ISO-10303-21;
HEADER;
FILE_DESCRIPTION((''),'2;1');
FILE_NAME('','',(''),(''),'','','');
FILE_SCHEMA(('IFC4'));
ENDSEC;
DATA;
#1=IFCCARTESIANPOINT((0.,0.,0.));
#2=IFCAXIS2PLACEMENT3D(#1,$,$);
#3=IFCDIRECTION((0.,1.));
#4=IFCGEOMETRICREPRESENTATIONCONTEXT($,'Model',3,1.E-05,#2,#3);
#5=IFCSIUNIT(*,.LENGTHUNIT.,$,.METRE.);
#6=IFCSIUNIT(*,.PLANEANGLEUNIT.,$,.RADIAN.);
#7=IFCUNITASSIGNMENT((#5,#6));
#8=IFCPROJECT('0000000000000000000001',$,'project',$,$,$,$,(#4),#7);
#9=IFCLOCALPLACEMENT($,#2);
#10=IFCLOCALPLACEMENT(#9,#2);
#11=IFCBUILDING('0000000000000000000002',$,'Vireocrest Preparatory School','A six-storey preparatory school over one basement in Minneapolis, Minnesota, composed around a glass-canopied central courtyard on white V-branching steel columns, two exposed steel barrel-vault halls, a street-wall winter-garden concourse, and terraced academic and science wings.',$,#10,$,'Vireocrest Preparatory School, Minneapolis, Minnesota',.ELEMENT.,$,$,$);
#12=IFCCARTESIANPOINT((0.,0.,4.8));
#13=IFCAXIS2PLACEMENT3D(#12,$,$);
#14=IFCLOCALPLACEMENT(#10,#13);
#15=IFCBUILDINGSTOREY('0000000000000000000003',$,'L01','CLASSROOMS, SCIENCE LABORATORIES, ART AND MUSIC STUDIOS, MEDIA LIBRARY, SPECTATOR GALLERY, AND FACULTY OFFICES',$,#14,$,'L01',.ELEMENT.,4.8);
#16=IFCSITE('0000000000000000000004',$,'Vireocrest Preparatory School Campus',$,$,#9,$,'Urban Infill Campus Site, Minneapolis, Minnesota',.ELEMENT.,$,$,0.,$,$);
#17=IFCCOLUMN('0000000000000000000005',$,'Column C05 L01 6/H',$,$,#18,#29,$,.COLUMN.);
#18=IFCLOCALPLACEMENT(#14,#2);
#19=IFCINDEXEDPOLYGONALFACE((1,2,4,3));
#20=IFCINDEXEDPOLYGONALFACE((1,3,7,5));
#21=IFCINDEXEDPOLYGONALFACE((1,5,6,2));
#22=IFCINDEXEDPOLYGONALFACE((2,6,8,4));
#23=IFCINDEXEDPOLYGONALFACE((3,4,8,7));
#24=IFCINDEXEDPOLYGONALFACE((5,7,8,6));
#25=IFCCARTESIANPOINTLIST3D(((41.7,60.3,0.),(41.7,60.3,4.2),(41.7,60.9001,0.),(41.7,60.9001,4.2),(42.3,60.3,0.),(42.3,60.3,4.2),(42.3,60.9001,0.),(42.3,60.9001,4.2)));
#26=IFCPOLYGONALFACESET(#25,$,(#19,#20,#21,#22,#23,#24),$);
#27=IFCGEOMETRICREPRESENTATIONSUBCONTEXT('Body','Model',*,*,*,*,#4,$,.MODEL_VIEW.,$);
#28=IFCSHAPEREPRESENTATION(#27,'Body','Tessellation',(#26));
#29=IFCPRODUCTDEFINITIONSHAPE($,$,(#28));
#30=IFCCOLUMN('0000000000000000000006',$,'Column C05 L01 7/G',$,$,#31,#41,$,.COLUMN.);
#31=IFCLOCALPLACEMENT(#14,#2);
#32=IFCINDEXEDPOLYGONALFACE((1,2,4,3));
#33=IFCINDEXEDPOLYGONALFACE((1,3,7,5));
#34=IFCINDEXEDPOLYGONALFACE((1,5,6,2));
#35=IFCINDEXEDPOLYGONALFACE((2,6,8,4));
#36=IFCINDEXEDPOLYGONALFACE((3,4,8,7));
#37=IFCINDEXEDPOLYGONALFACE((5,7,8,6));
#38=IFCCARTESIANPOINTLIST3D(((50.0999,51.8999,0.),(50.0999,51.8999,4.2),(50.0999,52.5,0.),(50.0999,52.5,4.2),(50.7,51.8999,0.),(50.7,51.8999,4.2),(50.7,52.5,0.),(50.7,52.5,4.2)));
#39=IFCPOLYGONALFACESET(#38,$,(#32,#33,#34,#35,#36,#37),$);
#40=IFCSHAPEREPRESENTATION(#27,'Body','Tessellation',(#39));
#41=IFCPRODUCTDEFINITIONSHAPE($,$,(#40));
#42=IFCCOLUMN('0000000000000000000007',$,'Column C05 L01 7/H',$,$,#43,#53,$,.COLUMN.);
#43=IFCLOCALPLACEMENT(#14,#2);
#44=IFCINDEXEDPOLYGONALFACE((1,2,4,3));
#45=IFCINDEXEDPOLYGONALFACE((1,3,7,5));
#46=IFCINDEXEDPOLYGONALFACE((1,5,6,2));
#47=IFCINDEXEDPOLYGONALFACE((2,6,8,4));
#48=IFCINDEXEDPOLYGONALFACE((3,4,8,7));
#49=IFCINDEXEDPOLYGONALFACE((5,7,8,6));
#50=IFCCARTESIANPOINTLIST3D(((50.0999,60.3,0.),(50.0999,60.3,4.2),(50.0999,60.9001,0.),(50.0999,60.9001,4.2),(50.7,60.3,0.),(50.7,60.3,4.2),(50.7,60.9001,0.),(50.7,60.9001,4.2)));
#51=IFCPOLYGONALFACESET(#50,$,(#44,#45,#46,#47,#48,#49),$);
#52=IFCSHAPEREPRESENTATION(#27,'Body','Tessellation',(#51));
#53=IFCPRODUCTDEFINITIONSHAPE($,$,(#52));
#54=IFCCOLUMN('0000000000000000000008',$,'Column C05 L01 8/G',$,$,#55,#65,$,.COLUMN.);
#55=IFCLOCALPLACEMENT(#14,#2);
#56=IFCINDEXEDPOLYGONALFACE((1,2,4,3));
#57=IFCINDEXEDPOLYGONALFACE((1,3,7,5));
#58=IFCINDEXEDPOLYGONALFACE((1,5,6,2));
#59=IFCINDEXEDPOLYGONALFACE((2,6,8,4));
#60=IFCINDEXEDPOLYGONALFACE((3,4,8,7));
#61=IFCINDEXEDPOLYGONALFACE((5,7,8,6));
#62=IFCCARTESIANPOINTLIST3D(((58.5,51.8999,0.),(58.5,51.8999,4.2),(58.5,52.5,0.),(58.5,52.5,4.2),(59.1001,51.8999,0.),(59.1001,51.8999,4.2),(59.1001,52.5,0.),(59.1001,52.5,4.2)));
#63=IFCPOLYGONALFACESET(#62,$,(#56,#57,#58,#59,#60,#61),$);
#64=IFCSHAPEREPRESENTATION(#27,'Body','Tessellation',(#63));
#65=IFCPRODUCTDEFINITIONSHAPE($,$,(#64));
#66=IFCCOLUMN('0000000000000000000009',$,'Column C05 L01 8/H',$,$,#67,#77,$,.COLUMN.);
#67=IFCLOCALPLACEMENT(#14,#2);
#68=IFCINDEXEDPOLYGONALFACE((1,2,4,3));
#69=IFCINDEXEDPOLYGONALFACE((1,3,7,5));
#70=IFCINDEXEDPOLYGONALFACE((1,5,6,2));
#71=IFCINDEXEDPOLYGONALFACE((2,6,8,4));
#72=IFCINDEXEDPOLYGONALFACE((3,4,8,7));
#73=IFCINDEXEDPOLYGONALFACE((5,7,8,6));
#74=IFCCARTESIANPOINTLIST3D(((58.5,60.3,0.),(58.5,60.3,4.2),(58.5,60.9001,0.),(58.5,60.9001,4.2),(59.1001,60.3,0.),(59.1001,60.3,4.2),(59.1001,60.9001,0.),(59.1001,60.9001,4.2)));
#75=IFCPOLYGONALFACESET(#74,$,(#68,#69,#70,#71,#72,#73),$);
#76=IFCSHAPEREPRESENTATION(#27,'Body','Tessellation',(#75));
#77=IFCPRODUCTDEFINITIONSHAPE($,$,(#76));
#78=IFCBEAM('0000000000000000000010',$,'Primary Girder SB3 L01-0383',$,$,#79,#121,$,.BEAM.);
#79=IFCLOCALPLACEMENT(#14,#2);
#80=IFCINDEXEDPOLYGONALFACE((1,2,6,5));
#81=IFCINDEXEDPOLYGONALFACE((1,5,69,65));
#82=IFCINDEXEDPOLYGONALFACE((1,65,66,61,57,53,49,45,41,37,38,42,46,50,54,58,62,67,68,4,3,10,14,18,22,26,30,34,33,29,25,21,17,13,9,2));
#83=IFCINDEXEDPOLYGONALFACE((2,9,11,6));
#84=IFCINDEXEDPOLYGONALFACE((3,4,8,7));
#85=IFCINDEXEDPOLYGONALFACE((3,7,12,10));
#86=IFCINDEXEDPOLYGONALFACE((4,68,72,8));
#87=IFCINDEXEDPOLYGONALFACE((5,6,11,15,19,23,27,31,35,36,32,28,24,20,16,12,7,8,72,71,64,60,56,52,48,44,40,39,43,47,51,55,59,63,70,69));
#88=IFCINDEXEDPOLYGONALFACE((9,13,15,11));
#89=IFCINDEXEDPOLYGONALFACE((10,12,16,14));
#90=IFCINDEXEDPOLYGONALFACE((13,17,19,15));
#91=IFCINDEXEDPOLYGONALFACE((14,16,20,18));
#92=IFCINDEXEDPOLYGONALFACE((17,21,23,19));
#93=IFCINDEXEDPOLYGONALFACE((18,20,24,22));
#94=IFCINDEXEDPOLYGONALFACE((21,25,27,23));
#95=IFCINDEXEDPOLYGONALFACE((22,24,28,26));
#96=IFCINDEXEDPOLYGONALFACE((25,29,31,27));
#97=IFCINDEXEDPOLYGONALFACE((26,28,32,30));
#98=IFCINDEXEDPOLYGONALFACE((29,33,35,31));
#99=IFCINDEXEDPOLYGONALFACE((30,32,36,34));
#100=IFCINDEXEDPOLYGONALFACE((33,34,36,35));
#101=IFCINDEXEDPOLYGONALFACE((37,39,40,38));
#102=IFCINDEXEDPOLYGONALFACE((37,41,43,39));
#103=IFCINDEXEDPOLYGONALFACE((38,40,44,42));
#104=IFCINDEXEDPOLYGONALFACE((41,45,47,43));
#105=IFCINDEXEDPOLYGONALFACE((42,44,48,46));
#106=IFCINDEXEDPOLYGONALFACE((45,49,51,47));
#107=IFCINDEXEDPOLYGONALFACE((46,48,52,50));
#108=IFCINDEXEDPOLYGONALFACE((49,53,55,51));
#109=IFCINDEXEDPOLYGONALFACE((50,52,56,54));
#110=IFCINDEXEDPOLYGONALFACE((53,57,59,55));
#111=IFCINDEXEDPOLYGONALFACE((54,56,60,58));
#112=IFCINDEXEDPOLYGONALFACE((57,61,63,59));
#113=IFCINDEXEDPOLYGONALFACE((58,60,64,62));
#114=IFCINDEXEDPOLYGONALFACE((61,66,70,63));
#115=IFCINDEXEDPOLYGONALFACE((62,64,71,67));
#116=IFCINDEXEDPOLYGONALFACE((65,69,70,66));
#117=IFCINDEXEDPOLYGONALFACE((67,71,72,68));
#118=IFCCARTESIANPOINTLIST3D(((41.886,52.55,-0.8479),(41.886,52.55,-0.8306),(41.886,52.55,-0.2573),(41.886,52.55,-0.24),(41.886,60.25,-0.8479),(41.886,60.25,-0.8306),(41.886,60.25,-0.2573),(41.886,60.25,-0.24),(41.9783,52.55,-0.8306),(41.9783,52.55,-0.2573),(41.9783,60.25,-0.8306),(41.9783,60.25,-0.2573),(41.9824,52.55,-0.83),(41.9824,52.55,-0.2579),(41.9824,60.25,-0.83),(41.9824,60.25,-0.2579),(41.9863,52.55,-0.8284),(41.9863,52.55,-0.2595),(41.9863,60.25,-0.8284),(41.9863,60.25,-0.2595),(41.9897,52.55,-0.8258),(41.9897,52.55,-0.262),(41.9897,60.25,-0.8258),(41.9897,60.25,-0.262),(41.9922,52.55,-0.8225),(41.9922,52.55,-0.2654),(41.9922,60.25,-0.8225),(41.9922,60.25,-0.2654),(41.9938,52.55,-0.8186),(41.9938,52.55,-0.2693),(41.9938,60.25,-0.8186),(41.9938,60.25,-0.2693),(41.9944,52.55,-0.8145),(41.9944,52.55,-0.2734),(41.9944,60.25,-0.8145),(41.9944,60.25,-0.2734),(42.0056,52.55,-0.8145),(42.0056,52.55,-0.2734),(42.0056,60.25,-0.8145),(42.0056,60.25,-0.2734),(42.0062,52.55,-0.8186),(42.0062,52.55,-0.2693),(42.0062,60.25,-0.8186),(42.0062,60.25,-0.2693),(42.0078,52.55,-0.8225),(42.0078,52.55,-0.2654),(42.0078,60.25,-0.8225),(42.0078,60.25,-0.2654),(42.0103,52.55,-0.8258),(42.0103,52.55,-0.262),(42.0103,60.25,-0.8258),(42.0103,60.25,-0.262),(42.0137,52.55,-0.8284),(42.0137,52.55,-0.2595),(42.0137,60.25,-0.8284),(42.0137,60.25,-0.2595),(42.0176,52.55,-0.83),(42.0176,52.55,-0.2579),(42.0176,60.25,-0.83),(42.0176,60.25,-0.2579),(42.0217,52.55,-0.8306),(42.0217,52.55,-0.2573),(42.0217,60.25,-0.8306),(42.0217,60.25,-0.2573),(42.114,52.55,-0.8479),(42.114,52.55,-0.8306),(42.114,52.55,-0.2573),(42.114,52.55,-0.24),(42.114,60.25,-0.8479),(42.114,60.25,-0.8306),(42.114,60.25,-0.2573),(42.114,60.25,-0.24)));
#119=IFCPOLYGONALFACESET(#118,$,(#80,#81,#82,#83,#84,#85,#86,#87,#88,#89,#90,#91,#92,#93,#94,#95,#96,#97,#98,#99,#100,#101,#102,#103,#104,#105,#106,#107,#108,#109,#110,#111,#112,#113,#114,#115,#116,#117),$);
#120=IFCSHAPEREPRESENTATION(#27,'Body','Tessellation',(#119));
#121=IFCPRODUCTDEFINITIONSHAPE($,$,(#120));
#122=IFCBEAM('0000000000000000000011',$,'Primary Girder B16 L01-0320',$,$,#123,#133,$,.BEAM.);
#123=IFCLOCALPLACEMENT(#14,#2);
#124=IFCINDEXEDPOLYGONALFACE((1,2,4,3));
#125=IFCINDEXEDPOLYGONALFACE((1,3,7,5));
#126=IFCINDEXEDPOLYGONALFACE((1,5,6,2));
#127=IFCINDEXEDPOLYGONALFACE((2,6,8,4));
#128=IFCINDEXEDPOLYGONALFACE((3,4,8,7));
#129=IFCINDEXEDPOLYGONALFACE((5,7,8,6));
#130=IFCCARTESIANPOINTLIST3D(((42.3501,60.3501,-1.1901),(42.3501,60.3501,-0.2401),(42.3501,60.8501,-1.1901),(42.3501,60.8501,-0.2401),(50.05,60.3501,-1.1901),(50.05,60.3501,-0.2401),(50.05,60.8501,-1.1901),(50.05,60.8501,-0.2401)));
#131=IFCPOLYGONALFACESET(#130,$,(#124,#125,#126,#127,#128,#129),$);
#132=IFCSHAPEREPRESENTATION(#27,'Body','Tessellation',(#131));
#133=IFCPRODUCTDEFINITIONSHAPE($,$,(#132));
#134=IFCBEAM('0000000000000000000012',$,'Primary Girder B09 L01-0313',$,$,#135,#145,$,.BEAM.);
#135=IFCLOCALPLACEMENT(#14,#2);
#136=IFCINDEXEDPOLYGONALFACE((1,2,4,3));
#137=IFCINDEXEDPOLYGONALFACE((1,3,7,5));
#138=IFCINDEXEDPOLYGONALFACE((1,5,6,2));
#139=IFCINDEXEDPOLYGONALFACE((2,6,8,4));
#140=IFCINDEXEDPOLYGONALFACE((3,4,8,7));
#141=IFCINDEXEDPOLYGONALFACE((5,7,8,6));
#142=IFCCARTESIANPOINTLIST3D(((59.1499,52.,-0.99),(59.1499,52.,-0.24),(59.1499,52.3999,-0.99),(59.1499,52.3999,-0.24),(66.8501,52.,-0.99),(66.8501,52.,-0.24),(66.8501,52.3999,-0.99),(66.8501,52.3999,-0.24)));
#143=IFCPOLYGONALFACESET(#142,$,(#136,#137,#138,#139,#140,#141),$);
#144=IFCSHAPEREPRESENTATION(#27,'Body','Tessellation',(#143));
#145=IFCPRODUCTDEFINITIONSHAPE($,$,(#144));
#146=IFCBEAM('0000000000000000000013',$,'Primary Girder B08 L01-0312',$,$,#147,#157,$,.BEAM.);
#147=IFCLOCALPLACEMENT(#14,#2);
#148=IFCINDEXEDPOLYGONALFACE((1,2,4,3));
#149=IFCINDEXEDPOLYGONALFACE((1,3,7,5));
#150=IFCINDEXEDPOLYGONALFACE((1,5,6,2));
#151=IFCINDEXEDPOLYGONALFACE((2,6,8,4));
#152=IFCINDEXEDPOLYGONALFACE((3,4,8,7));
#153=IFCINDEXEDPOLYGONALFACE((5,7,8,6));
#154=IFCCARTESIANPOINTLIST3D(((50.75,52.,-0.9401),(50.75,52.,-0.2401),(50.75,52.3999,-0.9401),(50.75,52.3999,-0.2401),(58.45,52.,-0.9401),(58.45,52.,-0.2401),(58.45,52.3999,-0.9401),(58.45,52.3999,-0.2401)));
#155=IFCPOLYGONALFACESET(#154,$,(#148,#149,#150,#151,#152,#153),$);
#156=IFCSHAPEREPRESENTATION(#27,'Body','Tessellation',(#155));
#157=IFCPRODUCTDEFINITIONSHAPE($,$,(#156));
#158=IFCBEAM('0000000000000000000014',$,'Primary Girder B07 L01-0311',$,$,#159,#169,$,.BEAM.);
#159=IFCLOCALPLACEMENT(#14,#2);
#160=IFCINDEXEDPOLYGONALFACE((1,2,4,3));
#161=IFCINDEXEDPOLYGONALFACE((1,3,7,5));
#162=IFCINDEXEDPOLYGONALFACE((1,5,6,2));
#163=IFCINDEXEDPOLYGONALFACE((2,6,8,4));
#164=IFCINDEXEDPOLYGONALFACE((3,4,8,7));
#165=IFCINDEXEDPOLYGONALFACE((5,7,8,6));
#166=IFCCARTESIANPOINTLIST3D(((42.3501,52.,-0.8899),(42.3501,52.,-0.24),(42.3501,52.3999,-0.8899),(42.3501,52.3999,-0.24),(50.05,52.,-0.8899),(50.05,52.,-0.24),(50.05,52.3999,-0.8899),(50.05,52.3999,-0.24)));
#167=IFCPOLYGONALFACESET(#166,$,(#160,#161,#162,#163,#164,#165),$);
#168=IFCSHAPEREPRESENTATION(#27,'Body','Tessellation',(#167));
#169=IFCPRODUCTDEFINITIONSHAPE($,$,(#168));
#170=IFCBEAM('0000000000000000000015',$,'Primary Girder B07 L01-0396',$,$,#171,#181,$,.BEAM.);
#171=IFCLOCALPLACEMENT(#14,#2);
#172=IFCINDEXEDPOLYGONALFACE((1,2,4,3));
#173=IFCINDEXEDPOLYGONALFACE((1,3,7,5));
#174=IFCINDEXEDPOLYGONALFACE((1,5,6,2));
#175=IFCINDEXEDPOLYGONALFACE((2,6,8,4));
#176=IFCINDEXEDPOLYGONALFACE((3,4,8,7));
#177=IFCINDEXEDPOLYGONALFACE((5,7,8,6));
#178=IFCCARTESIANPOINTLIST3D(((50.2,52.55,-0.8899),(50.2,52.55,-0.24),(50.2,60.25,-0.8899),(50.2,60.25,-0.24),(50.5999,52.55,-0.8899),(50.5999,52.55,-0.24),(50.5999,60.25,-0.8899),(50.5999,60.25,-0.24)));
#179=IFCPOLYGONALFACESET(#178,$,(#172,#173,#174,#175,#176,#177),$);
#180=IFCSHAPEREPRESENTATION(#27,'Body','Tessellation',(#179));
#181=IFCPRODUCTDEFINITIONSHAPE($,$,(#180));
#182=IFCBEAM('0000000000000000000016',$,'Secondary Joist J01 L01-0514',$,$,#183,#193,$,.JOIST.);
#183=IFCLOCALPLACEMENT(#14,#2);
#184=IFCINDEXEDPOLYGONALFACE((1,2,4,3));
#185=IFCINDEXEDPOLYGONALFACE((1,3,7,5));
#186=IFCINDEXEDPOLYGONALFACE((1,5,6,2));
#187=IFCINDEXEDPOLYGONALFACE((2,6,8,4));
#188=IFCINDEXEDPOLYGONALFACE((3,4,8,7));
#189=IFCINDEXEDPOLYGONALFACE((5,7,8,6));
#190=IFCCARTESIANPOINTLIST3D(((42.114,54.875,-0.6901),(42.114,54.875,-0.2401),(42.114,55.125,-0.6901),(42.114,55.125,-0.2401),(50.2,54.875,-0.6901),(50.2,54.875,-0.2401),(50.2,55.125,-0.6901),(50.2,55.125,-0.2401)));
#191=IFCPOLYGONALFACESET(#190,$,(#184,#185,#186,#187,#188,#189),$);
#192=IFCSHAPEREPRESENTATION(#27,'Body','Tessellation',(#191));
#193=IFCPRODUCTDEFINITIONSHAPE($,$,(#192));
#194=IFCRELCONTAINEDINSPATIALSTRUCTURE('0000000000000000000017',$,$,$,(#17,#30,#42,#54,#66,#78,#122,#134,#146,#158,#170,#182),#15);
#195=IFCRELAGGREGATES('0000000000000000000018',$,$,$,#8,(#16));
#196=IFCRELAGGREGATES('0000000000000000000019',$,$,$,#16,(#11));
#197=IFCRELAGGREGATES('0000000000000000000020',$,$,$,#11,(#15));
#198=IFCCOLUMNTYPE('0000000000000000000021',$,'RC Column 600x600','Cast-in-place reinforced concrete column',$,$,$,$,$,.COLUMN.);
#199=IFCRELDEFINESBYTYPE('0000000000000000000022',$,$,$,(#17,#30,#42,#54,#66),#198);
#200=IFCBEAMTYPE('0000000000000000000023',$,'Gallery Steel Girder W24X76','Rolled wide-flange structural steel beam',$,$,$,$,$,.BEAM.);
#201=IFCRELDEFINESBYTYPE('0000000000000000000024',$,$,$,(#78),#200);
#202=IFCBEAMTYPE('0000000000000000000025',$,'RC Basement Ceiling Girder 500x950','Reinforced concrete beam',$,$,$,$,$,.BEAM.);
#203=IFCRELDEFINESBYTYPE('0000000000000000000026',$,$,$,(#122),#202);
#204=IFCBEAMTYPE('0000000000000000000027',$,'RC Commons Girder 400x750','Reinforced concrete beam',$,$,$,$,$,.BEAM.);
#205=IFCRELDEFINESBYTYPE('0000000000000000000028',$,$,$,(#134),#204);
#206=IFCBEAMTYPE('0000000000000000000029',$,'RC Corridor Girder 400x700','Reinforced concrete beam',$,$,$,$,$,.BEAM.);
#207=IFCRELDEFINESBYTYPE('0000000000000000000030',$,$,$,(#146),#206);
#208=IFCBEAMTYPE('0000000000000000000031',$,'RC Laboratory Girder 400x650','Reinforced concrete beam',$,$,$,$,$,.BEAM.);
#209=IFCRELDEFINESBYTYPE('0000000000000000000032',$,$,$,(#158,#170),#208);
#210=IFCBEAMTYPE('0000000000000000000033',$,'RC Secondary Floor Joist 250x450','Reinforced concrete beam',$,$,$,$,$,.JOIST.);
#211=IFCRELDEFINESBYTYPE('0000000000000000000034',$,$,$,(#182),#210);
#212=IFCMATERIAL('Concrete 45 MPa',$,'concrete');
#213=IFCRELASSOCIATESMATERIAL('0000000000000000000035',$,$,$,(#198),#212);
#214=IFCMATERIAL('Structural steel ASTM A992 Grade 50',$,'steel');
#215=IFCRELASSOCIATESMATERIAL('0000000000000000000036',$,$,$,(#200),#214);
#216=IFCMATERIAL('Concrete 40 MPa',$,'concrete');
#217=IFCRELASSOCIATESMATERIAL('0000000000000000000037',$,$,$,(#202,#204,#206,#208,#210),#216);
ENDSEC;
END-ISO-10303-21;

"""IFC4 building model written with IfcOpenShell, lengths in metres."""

from ifc_helpers import new_model, si_unit, direction, frame, origin, origin_2d, place, context, subcontext, project, spatial, rectangle, i_section, extrude, material, material_profile, profile_set, type_object, element, save


model = new_model("IFC4")

# Units and contexts
model_context = context("Model", 3, precision=1e-05, world=origin(), true_north=direction((0.0, 1.0)))
body_context = subcontext(model_context, "Body", "Model", "MODEL_VIEW")
ifc_project = project(units=[si_unit("LENGTHUNIT", "METRE"), si_unit("PLANEANGLEUNIT", "RADIAN")], contexts=[model_context])

# Site, building, storey
site_placement = place(None, origin())
site = spatial("IfcSite", under=ifc_project, at=site_placement, Name="Vireocrest Preparatory School Campus", LongName="Urban Infill Campus Site, Minneapolis, Minnesota", CompositionType="ELEMENT", RefElevation=0.0)
building_placement = place(site_placement, origin())
building = spatial("IfcBuilding", under=site, at=building_placement, Name="Vireocrest Preparatory School", Description="A six-storey preparatory school over one basement in Minneapolis, Minnesota, composed around a glass-canopied central courtyard on white V-branching steel columns, two exposed steel barrel-vault halls, a street-wall winter-garden concourse, and terraced academic and science wings.", LongName="Vireocrest Preparatory School, Minneapolis, Minnesota", CompositionType="ELEMENT")
storey_placement = place(building_placement, frame((0.0, 0.0, 4.8)))
storey = spatial("IfcBuildingStorey", under=building, at=storey_placement, Name="L01", Description="CLASSROOMS, SCIENCE LABORATORIES, ART AND MUSIC STUDIOS, MEDIA LIBRARY, SPECTATOR GALLERY, AND FACULTY OFFICES", LongName="L01", CompositionType="ELEMENT", Elevation=4.8)

# Columns
ifc_material_1 = material(Name="Concrete 45 MPa", Category="concrete")
ifc_material_profile_1 = material_profile(ifc_material_1, rectangle(XDim=0.6001, YDim=0.6001, at=origin_2d()), Name="RC 600x600")
ifc_profile_set_1 = profile_set([ifc_material_profile_1], Name="Concrete 45 MPa")
column_type = type_object("IfcColumnType", Name="RC Column 600x600", Description="Cast-in-place reinforced concrete column", PredefinedType="COLUMN", material=ifc_profile_set_1)
for number, where, z_axis, x_axis, name in (
    (1, (42.0, 60.6001, 0.0), (0.0, 0.0, 1.0), (1.0, 0.0, 0.0), "Column C05 L01 6/H"),
    (2, (50.3999, 52.2, 0.0), (0.0, 0.0, 1.0), (1.0, 0.0, 0.0), "Column C05 L01 7/G"),
    (3, (50.3999, 60.6001, 0.0), (0.0, 0.0, 1.0), (1.0, 0.0, 0.0), "Column C05 L01 7/H"),
    (4, (58.8, 52.2, 0.0), (0.0, 0.0, 1.0), (1.0, 0.0, 0.0), "Column C05 L01 8/G"),
    (5, (58.8, 60.6001, 0.0), (0.0, 0.0, 1.0), (1.0, 0.0, 0.0), "Column C05 L01 8/H"),
):
    element("IfcColumn", number, at=place(storey_placement, frame(where, z_axis=z_axis, x_axis=x_axis)), inside=storey, type_object=column_type, Name=name, PredefinedType="COLUMN", context=body_context, shape_type="SweptSolid", body=[
        extrude(rectangle(XDim=0.6001, YDim=0.6001, at=origin_2d()), origin(), (0.0, 0.0, 1.0), 4.2),
    ])

# Beams
ifc_material_2 = material(Name="Structural steel ASTM A992 Grade 50", Category="steel")
ifc_material_profile_2 = material_profile(ifc_material_2, i_section(OverallWidth=0.228, OverallDepth=0.6079, WebThickness=0.0112, FlangeThickness=0.0173, FilletRadius=0.0161, at=origin_2d()), Name="W24X76")
ifc_profile_set_2 = profile_set([ifc_material_profile_2], Name="Structural steel ASTM A992 Grade 50")
beam_type_1 = type_object("IfcBeamType", Name="Gallery Steel Girder W24X76", Description="Rolled wide-flange structural steel beam", PredefinedType="BEAM", material=ifc_profile_set_2)
beam_1_placement = place(storey_placement, frame((42.0, 52.55, -0.5439), z_axis=(0.0, 1.0, 0.0), x_axis=(-1.0, 0.0, 0.0)))
element("IfcBeam", 6, at=beam_1_placement, inside=storey, type_object=beam_type_1, Name="Primary Girder SB3 L01-0383", PredefinedType="BEAM", context=body_context, shape_type="SweptSolid", body=[
    extrude(i_section(OverallWidth=0.228, OverallDepth=0.6079, WebThickness=0.0112, FlangeThickness=0.0173, FilletRadius=0.0161, at=origin_2d()), origin(), (0.0, 0.0, 1.0), 7.7),
])
ifc_material_3 = material(Name="Concrete 40 MPa", Category="concrete")
ifc_material_profile_3 = material_profile(ifc_material_3, rectangle(XDim=0.5, YDim=0.95, at=origin_2d()), Name="RC 500x950")
ifc_profile_set_3 = profile_set([ifc_material_profile_3], Name="Concrete 40 MPa")
beam_type_2 = type_object("IfcBeamType", Name="RC Basement Ceiling Girder 500x950", Description="Reinforced concrete beam", PredefinedType="BEAM", material=ifc_profile_set_3)
beam_2_placement = place(storey_placement, frame((42.3501, 60.6001, -0.7151), z_axis=(1.0, 0.0, 0.0), x_axis=(0.0, 1.0, 0.0)))
element("IfcBeam", 7, at=beam_2_placement, inside=storey, type_object=beam_type_2, Name="Primary Girder B16 L01-0320", PredefinedType="BEAM", context=body_context, shape_type="SweptSolid", body=[
    extrude(rectangle(XDim=0.5, YDim=0.95, at=origin_2d()), origin(), (0.0, 0.0, 1.0), 7.7),
])
ifc_material_profile_4 = material_profile(ifc_material_3, rectangle(XDim=0.3999, YDim=0.75, at=origin_2d()), Name="RC 400x750")
ifc_profile_set_4 = profile_set([ifc_material_profile_4], Name="Concrete 40 MPa")
beam_type_3 = type_object("IfcBeamType", Name="RC Commons Girder 400x750", Description="Reinforced concrete beam", PredefinedType="BEAM", material=ifc_profile_set_4)
beam_3_placement = place(storey_placement, frame((59.1499, 52.2, -0.615), z_axis=(1.0, 0.0, 0.0), x_axis=(0.0, 1.0, 0.0)))
element("IfcBeam", 8, at=beam_3_placement, inside=storey, type_object=beam_type_3, Name="Primary Girder B09 L01-0313", PredefinedType="BEAM", context=body_context, shape_type="SweptSolid", body=[
    extrude(rectangle(XDim=0.3999, YDim=0.75, at=origin_2d()), origin(), (0.0, 0.0, 1.0), 7.7002),
])
ifc_material_profile_5 = material_profile(ifc_material_3, rectangle(XDim=0.3999, YDim=0.7, at=origin_2d()), Name="RC 400x700")
ifc_profile_set_5 = profile_set([ifc_material_profile_5], Name="Concrete 40 MPa")
beam_type_4 = type_object("IfcBeamType", Name="RC Corridor Girder 400x700", Description="Reinforced concrete beam", PredefinedType="BEAM", material=ifc_profile_set_5)
beam_4_placement = place(storey_placement, frame((50.75, 52.2, -0.5901), z_axis=(1.0, 0.0, 0.0), x_axis=(0.0, 1.0, 0.0)))
element("IfcBeam", 9, at=beam_4_placement, inside=storey, type_object=beam_type_4, Name="Primary Girder B08 L01-0312", PredefinedType="BEAM", context=body_context, shape_type="SweptSolid", body=[
    extrude(rectangle(XDim=0.3999, YDim=0.7, at=origin_2d()), origin(), (0.0, 0.0, 1.0), 7.7),
])
ifc_material_profile_6 = material_profile(ifc_material_3, rectangle(XDim=0.3999, YDim=0.6499, at=origin_2d()), Name="RC 400x650")
ifc_profile_set_6 = profile_set([ifc_material_profile_6], Name="Concrete 40 MPa")
beam_type_5 = type_object("IfcBeamType", Name="RC Laboratory Girder 400x650", Description="Reinforced concrete beam", PredefinedType="BEAM", material=ifc_profile_set_6)
for number, where, z_axis, x_axis, name in (
    (10, (42.3501, 52.2, -0.5649), (1.0, 0.0, 0.0), (0.0, 1.0, 0.0), "Primary Girder B07 L01-0311"),
    (11, (50.3999, 52.55, -0.5649), (0.0, 1.0, 0.0), (-1.0, 0.0, 0.0), "Primary Girder B07 L01-0396"),
):
    element("IfcBeam", number, at=place(storey_placement, frame(where, z_axis=z_axis, x_axis=x_axis)), inside=storey, type_object=beam_type_5, Name=name, PredefinedType="BEAM", context=body_context, shape_type="SweptSolid", body=[
        extrude(rectangle(XDim=0.3999, YDim=0.6499, at=origin_2d()), origin(), (0.0, 0.0, 1.0), 7.7),
    ])
ifc_material_profile_7 = material_profile(ifc_material_3, rectangle(XDim=0.25, YDim=0.45, at=origin_2d()), Name="RC 250x450")
ifc_profile_set_7 = profile_set([ifc_material_profile_7], Name="Concrete 40 MPa")
beam_type_6 = type_object("IfcBeamType", Name="RC Secondary Floor Joist 250x450", Description="Reinforced concrete beam", PredefinedType="JOIST", material=ifc_profile_set_7)
for number, where, z_axis, x_axis, name in (
    (12, (42.114, 55.0, -0.4651), (1.0, 0.0, 0.0), (0.0, 1.0, 0.0), "Secondary Joist J01 L01-0514"),
):
    element("IfcBeam", number, at=place(storey_placement, frame(where, z_axis=z_axis, x_axis=x_axis)), inside=storey, type_object=beam_type_6, Name=name, PredefinedType="JOIST", context=body_context, shape_type="SweptSolid", body=[
        extrude(rectangle(XDim=0.25, YDim=0.45, at=origin_2d()), origin(), (0.0, 0.0, 1.0), 8.0859),
    ])

save(model, "model.ifc")
